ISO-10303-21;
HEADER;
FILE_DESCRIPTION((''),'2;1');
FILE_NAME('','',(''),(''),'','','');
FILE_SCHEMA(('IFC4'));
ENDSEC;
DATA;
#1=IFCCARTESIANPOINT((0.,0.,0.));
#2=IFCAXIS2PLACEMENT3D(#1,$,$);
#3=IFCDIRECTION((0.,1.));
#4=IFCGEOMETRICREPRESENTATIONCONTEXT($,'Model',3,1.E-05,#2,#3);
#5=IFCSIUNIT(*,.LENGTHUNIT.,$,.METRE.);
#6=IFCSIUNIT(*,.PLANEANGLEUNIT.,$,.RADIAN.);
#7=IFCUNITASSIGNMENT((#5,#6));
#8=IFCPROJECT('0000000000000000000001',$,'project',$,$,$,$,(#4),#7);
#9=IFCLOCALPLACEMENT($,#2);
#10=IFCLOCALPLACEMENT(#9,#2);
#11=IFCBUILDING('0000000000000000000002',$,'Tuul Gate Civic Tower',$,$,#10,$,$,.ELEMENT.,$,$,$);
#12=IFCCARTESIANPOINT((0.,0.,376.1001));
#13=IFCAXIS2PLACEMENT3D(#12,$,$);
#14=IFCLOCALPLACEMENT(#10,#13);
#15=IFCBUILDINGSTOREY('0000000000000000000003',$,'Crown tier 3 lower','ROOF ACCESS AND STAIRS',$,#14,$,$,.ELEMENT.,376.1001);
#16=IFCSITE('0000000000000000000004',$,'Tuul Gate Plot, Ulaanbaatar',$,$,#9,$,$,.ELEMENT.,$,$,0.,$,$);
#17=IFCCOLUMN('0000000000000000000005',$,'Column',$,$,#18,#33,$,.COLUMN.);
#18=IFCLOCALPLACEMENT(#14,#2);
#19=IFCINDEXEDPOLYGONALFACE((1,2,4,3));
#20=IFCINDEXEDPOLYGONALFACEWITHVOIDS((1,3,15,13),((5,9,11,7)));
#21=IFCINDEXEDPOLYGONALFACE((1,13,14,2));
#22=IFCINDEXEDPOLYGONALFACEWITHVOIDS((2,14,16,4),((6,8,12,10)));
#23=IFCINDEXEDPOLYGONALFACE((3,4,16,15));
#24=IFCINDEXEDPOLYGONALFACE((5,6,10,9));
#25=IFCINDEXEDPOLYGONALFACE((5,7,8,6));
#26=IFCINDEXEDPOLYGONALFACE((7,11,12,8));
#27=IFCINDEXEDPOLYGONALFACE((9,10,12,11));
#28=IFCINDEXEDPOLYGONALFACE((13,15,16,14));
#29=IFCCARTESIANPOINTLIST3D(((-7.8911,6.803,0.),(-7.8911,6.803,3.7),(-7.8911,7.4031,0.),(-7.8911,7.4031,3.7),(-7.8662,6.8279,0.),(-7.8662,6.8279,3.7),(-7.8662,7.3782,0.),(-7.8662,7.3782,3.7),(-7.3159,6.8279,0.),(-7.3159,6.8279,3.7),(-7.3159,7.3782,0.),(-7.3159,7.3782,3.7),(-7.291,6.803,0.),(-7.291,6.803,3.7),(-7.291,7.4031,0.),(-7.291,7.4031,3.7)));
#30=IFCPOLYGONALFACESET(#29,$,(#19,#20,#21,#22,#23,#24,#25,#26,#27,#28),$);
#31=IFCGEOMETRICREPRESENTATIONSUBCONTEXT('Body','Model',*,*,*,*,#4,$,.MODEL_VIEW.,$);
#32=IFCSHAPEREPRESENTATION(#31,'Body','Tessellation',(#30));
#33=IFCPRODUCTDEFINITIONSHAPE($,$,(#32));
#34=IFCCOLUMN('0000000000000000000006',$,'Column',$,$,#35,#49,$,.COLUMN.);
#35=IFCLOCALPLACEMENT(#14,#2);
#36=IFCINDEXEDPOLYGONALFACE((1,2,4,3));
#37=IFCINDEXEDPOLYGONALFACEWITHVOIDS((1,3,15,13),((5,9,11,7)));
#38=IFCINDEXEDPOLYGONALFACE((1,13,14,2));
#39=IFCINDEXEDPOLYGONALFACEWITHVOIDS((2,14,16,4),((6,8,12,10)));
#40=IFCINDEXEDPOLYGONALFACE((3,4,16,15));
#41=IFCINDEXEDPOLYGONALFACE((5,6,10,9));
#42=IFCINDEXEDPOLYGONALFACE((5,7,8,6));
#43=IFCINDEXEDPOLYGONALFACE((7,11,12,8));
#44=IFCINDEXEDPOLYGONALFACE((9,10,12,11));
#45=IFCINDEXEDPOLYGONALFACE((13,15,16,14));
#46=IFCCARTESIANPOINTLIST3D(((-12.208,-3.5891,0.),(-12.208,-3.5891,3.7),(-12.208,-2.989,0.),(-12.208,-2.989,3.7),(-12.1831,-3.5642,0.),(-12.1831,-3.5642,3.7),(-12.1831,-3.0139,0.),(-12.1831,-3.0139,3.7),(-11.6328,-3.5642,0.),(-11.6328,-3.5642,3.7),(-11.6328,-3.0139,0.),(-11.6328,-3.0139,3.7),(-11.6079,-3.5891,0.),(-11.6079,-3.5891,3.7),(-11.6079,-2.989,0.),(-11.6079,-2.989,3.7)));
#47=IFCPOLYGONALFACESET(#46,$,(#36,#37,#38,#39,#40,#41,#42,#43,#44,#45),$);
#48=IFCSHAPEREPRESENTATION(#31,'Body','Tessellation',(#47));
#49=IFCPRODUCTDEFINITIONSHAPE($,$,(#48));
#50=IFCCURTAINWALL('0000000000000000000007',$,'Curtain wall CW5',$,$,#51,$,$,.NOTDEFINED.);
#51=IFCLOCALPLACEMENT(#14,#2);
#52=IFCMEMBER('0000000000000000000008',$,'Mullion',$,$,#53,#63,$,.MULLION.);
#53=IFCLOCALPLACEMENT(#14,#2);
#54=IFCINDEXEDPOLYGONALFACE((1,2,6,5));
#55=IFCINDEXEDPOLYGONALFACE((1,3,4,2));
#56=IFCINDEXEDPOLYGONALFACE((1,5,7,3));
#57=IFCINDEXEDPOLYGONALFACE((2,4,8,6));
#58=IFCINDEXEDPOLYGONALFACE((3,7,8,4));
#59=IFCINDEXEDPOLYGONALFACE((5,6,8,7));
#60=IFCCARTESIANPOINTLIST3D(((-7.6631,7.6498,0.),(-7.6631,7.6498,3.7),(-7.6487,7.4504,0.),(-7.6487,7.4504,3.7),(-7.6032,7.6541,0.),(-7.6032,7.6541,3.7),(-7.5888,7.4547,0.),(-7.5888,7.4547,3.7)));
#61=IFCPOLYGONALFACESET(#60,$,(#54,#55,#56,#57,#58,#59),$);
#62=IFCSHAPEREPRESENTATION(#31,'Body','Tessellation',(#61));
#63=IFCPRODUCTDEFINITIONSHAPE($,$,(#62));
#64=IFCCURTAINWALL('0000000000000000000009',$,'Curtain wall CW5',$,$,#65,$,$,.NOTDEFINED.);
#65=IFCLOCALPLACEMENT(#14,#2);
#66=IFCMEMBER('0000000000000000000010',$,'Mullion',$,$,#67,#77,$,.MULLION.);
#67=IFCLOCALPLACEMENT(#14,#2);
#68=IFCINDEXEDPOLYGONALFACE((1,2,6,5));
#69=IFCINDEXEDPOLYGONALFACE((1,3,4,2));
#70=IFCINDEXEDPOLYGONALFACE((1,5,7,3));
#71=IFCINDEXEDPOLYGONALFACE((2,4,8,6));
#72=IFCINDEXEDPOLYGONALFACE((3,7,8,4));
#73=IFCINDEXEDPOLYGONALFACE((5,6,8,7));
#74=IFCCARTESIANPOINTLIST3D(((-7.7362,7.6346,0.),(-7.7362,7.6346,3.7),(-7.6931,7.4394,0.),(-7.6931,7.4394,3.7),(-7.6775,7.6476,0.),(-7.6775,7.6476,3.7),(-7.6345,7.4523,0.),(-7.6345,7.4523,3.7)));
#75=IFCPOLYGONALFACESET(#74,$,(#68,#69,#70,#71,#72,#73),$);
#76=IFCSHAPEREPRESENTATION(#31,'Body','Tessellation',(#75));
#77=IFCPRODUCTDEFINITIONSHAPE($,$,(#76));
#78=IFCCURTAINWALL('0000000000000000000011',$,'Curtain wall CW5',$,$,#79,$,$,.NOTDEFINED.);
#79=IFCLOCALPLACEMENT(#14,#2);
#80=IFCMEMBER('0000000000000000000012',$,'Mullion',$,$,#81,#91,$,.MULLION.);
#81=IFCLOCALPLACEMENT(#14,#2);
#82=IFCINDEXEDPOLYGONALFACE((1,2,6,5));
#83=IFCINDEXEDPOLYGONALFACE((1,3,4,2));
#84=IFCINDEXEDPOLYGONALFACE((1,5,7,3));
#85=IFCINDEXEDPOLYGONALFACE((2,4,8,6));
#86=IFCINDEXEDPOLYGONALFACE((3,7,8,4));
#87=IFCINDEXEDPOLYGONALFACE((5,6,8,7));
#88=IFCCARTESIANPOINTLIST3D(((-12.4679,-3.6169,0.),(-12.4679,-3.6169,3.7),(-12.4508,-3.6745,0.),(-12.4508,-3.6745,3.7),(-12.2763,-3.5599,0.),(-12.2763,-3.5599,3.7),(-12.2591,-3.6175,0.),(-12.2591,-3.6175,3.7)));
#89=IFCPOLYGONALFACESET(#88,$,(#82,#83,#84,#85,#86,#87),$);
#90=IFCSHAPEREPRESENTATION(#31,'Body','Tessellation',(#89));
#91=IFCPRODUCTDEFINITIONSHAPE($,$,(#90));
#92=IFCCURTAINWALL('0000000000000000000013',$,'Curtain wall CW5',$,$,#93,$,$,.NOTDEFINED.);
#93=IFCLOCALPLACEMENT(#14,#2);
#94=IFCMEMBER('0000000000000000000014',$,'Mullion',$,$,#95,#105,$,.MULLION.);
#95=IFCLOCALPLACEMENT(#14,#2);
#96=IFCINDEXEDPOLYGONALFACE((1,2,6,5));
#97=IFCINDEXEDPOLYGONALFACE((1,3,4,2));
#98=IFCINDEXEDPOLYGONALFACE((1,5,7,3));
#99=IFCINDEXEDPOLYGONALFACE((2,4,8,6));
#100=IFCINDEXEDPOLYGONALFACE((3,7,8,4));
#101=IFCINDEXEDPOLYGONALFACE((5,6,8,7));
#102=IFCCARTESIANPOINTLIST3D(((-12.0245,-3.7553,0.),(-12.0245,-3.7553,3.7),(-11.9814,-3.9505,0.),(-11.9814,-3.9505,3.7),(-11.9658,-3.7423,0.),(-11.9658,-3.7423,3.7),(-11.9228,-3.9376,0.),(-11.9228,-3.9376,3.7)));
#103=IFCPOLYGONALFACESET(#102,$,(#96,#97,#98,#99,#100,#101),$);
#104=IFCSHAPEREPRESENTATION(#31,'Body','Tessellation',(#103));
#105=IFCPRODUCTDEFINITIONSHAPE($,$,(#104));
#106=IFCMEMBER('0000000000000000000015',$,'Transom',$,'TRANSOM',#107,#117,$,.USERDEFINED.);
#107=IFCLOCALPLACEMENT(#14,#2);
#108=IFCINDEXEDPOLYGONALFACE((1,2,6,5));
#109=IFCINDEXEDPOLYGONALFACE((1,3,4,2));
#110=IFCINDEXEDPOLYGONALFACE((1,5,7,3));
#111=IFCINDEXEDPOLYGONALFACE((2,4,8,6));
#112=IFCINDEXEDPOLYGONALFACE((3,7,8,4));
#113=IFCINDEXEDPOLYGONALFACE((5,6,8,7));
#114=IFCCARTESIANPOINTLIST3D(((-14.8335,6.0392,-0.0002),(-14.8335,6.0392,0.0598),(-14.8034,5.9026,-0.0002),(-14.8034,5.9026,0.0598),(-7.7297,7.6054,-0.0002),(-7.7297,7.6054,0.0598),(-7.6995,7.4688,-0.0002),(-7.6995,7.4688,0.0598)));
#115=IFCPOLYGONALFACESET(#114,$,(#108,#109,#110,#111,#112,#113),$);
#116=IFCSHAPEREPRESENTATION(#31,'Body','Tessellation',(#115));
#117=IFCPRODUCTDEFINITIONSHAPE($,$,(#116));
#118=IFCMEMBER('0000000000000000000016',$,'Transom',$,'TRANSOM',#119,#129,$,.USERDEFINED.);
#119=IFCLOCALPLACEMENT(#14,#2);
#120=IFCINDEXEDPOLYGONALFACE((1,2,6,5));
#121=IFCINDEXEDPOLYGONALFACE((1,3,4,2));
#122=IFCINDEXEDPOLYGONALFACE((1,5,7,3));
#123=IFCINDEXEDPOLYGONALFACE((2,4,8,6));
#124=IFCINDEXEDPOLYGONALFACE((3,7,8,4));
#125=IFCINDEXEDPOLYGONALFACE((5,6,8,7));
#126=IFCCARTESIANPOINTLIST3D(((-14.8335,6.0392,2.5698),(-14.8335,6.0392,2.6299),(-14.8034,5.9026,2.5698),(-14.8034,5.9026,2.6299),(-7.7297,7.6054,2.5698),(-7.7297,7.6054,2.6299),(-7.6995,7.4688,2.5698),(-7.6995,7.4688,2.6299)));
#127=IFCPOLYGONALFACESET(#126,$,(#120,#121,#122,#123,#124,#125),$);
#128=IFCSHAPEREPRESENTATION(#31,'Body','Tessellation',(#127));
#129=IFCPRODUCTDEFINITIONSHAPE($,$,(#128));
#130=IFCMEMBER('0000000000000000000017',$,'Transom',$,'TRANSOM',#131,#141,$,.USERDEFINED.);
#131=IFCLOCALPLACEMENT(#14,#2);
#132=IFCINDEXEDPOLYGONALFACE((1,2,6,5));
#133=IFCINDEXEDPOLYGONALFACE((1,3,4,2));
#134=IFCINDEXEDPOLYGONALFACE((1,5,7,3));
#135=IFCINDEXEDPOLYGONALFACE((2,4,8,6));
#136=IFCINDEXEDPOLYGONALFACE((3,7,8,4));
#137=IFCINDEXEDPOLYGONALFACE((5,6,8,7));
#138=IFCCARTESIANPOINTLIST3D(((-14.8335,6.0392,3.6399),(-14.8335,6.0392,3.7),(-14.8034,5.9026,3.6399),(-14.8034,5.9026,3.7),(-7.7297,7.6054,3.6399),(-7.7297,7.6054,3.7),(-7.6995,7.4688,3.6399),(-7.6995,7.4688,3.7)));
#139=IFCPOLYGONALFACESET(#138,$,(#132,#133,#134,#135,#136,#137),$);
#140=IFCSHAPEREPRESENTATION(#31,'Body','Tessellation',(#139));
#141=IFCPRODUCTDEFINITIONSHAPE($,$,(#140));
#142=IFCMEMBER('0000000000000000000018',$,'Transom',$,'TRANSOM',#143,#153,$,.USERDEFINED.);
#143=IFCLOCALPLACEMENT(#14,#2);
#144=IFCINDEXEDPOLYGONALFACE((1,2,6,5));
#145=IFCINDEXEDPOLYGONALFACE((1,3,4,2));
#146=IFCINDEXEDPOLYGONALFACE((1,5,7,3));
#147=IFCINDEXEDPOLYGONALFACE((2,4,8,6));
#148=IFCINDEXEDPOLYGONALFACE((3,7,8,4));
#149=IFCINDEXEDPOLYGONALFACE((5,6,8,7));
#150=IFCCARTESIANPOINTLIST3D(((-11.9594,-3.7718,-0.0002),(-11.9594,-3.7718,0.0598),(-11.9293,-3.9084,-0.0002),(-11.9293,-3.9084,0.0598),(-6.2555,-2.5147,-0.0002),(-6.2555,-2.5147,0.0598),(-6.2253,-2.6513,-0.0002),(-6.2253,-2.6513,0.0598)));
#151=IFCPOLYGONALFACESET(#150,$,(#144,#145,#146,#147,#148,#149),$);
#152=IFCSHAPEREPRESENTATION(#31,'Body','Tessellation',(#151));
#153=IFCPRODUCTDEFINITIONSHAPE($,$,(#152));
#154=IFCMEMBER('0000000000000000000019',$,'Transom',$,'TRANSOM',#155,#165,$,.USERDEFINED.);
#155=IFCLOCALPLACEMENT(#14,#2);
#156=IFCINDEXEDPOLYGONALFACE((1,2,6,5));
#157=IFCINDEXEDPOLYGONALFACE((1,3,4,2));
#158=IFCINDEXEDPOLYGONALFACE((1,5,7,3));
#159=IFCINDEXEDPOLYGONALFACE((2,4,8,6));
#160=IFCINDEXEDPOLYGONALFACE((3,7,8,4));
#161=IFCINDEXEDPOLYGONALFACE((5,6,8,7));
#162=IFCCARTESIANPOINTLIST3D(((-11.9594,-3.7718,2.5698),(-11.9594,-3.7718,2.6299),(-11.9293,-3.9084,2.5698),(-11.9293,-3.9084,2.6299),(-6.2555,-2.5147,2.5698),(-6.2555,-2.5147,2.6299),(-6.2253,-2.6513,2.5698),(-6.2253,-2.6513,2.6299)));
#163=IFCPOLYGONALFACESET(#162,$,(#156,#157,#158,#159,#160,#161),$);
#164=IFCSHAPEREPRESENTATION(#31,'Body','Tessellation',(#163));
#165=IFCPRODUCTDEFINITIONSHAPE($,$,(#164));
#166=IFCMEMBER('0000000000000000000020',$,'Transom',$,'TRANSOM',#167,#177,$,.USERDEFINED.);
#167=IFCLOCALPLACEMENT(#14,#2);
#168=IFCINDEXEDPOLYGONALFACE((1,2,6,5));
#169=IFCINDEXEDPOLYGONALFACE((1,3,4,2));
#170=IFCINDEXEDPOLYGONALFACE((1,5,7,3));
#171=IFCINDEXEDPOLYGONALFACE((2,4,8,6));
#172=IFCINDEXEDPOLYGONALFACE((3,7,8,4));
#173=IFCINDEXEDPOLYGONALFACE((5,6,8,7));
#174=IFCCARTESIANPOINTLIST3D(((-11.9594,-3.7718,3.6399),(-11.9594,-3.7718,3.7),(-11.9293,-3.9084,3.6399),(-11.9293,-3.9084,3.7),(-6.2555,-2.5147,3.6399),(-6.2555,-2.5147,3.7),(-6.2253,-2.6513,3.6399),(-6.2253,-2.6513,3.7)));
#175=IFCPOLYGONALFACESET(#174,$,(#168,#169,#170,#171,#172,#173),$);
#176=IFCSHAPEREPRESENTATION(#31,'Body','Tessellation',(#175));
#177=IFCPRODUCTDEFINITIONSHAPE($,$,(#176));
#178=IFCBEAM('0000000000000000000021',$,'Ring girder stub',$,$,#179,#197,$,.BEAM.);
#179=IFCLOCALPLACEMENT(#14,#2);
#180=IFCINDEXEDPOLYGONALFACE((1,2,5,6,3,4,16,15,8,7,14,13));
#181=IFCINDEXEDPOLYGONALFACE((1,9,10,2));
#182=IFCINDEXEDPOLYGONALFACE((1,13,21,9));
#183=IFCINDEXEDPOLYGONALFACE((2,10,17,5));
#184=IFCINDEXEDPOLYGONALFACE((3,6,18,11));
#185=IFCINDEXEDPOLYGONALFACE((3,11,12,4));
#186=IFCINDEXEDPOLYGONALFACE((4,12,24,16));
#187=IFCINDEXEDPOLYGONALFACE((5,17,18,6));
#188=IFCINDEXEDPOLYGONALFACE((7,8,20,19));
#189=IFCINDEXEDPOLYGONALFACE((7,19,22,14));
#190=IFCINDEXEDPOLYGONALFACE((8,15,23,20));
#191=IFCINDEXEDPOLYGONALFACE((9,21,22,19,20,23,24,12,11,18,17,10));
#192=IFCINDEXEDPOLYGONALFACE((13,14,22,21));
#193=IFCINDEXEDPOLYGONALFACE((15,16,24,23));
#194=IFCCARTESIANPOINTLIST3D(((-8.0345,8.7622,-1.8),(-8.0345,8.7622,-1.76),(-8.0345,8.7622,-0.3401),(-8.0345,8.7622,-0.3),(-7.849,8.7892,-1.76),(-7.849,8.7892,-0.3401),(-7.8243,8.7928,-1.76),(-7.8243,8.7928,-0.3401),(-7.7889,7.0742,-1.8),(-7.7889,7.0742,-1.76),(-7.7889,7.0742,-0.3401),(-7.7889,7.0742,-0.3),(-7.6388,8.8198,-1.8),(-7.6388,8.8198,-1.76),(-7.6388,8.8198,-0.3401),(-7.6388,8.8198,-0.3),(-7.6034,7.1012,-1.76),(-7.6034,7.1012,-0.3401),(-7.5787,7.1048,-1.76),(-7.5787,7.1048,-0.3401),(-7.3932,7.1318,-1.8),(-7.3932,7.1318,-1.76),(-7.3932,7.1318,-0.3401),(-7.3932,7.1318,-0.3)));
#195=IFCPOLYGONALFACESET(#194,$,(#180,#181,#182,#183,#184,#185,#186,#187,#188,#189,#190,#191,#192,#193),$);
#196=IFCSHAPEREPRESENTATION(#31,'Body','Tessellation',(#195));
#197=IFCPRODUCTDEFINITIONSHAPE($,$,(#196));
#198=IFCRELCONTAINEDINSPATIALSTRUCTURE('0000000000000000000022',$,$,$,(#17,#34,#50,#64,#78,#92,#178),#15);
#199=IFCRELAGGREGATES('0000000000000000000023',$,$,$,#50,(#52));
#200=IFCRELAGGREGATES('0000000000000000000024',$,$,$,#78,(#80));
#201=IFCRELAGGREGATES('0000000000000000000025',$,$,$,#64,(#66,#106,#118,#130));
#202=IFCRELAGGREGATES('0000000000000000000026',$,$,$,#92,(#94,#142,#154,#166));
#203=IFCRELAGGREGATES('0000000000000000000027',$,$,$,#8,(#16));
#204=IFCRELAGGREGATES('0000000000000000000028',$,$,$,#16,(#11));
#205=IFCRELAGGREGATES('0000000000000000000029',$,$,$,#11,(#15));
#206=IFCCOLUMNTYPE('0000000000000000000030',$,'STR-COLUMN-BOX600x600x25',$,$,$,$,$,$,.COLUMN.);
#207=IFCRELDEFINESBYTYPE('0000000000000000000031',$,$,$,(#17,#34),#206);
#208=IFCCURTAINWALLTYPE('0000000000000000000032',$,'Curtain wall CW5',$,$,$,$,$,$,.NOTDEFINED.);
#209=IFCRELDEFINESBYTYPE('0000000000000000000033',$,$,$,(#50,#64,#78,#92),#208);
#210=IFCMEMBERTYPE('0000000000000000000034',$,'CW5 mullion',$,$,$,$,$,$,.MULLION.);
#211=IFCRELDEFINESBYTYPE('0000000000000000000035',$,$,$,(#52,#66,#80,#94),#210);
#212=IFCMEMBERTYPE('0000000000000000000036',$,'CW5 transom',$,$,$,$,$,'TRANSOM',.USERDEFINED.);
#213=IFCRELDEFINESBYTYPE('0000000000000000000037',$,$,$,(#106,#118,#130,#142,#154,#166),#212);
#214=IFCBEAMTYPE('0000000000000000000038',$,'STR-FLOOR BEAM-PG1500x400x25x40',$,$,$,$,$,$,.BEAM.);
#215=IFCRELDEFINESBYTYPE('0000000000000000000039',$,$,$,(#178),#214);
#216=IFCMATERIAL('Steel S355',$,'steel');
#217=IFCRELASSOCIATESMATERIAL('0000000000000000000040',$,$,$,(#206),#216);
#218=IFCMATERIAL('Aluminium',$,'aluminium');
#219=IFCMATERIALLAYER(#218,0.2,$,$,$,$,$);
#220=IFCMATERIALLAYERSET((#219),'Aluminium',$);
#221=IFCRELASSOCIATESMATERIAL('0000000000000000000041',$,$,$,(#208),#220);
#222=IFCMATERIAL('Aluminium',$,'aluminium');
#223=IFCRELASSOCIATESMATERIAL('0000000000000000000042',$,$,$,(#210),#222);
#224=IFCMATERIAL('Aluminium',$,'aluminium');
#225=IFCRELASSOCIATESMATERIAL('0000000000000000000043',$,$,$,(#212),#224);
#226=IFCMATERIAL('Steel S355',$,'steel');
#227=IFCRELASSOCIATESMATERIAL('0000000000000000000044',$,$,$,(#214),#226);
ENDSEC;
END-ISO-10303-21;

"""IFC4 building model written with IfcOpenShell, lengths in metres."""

from ifc_helpers import new_model, si_unit, direction, frame, origin, origin_2d, place, context, subcontext, project, spatial, rectangle, hollow_rectangle, i_section, extrude, material, layer, layer_set, material_profile, profile_set, type_object, element, aggregate, save


model = new_model("IFC4")

# Units and contexts
model_context = context("Model", 3, precision=1e-05, world=origin(), true_north=direction((0.0, 1.0)))
body_context = subcontext(model_context, "Body", "Model", "MODEL_VIEW")
ifc_project = project(units=[si_unit("LENGTHUNIT", "METRE"), si_unit("PLANEANGLEUNIT", "RADIAN")], contexts=[model_context])

# Site, building, storey
site_placement = place(None, origin())
site = spatial("IfcSite", under=ifc_project, at=site_placement, Name="Tuul Gate Plot, Ulaanbaatar", CompositionType="ELEMENT", RefElevation=0.0)
building_placement = place(site_placement, origin())
building = spatial("IfcBuilding", under=site, at=building_placement, Name="Tuul Gate Civic Tower", CompositionType="ELEMENT")
storey_placement = place(building_placement, frame((0.0, 0.0, 376.1001)))
storey = spatial("IfcBuildingStorey", under=building, at=storey_placement, Name="Crown tier 3 lower", Description="ROOF ACCESS AND STAIRS", CompositionType="ELEMENT", Elevation=376.1001)

# Columns
ifc_material_1 = material(Name="Steel S355", Category="steel")
ifc_material_profile_1 = material_profile(ifc_material_1, hollow_rectangle(XDim=0.6001, YDim=0.6001, WallThickness=0.0249, at=origin_2d()), Name="BOX600x600x25")
ifc_profile_set_1 = profile_set([ifc_material_profile_1], Name="Steel S355")
column_type = type_object("IfcColumnType", Name="STR-COLUMN-BOX600x600x25", PredefinedType="COLUMN", material=ifc_profile_set_1)
for number, where, z_axis, x_axis, name in (
    (1, (-7.5911, 7.103, 0.0), (0.0, 0.0, 1.0), (1.0, 0.0, 0.0), "Column"),
    (2, (-11.908, -3.2891, 0.0), (0.0, 0.0, 1.0), (1.0, 0.0, 0.0), "Column"),
):
    element("IfcColumn", number, at=place(storey_placement, frame(where, z_axis=z_axis, x_axis=x_axis)), inside=storey, type_object=column_type, Name=name, PredefinedType="COLUMN", context=body_context, shape_type="SweptSolid", body=[
        extrude(hollow_rectangle(XDim=0.6001, YDim=0.6001, WallThickness=0.0249, at=origin_2d()), origin(), (0.0, 0.0, 1.0), 3.7),
    ])

# Curtain walls, members
ifc_material_2 = material(Name="Aluminium", Category="aluminium")
ifc_layer_1 = layer(ifc_material_2, 0.2)
ifc_layer_set_1 = layer_set([ifc_layer_1], Name="Aluminium")
curtain_wall_type = type_object("IfcCurtainWallType", Name="Curtain wall CW5", PredefinedType="NOTDEFINED", material=ifc_layer_set_1)
curtain_wall_1_placement = place(storey_placement, origin())
curtain_wall_1 = element("IfcCurtainWall", 3, at=curtain_wall_1_placement, inside=storey, type_object=curtain_wall_type, Name="Curtain wall CW5", PredefinedType="NOTDEFINED")
ifc_material_3 = material(Name="Aluminium", Category="aluminium")
ifc_material_profile_2 = material_profile(ifc_material_3, rectangle(XDim=0.2, YDim=0.0601, at=origin_2d()), Name="CW5 mullion")
ifc_profile_set_2 = profile_set([ifc_material_profile_2], Name="Aluminium")
member_type_1 = type_object("IfcMemberType", Name="CW5 mullion", PredefinedType="MULLION", material=ifc_profile_set_2)
member_1_placement = place(storey_placement, frame((-7.626, 7.5522, 0.0), z_axis=(0.0, 0.0, 1.0), x_axis=(0.072211, -0.997389, 0.0)))
member_1 = element("IfcMember", 4, at=member_1_placement, type_object=member_type_1, Name="Mullion", PredefinedType="MULLION", context=body_context, shape_type="SweptSolid", body=[
    extrude(rectangle(XDim=0.2, YDim=0.0601, at=origin_2d()), origin(), (0.0, 0.0, 1.0), 3.7),
])
aggregate(curtain_wall_1, [member_1])
curtain_wall_2_placement = place(storey_placement, origin())
curtain_wall_2 = element("IfcCurtainWall", 5, at=curtain_wall_2_placement, inside=storey, type_object=curtain_wall_type, Name="Curtain wall CW5", PredefinedType="NOTDEFINED")
member_2_placement = place(storey_placement, frame((-7.6853, 7.5435, 0.0), z_axis=(0.0, 0.0, 1.0), x_axis=(0.215298, -0.976548, 0.0)))
member_2 = element("IfcMember", 6, at=member_2_placement, type_object=member_type_1, Name="Mullion", PredefinedType="MULLION", context=body_context, shape_type="SweptSolid", body=[
    extrude(rectangle(XDim=0.2, YDim=0.0601, at=origin_2d()), origin(), (0.0, 0.0, 1.0), 3.7),
])
curtain_wall_3_placement = place(storey_placement, origin())
curtain_wall_3 = element("IfcCurtainWall", 7, at=curtain_wall_3_placement, inside=storey, type_object=curtain_wall_type, Name="Curtain wall CW5", PredefinedType="NOTDEFINED")
member_3_placement = place(storey_placement, frame((-12.3635, -3.6172, 0.0), z_axis=(0.0, 0.0, 1.0), x_axis=(0.958476, 0.285174, 0.0)))
member_3 = element("IfcMember", 8, at=member_3_placement, type_object=member_type_1, Name="Mullion", PredefinedType="MULLION", context=body_context, shape_type="SweptSolid", body=[
    extrude(rectangle(XDim=0.2, YDim=0.0601, at=origin_2d()), origin(), (0.0, 0.0, 1.0), 3.7),
])
aggregate(curtain_wall_3, [member_3])
curtain_wall_4_placement = place(storey_placement, origin())
curtain_wall_4 = element("IfcCurtainWall", 9, at=curtain_wall_4_placement, inside=storey, type_object=curtain_wall_type, Name="Curtain wall CW5", PredefinedType="NOTDEFINED")
member_4_placement = place(storey_placement, frame((-11.9736, -3.8464, 0.0), z_axis=(0.0, 0.0, 1.0), x_axis=(-0.215243, 0.976561, 0.0)))
member_4 = element("IfcMember", 10, at=member_4_placement, type_object=member_type_1, Name="Mullion", PredefinedType="MULLION", context=body_context, shape_type="SweptSolid", body=[
    extrude(rectangle(XDim=0.2, YDim=0.0601, at=origin_2d()), origin(), (0.0, 0.0, 1.0), 3.7),
])

# Members
ifc_material_4 = material(Name="Aluminium", Category="aluminium")
ifc_material_profile_3 = material_profile(ifc_material_4, rectangle(XDim=0.1399, YDim=0.0601, at=origin_2d()), Name="CW5 transom")
ifc_profile_set_3 = profile_set([ifc_material_profile_3], Name="Aluminium")
member_type_2 = type_object("IfcMemberType", Name="CW5 transom", ElementType="TRANSOM", PredefinedType="USERDEFINED", material=ifc_profile_set_3)
member_5_placement = place(storey_placement, frame((-7.7146, 7.5371, 0.0298), z_axis=(-0.976548, -0.215299, 0.0), x_axis=(0.215299, -0.976548, 0.0)))
member_5 = element("IfcMember", 11, at=member_5_placement, type_object=member_type_2, Name="Transom", ObjectType="TRANSOM", PredefinedType="USERDEFINED", context=body_context, shape_type="SweptSolid", body=[
    extrude(rectangle(XDim=0.1399, YDim=0.0601, at=origin_2d()), origin(), (0.0, 0.0, 1.0), 7.2744),
])
member_6_placement = place(storey_placement, frame((-7.7146, 7.5371, 2.5999), z_axis=(-0.976548, -0.215299, 0.0), x_axis=(0.215299, -0.976548, 0.0)))
member_6 = element("IfcMember", 12, at=member_6_placement, type_object=member_type_2, Name="Transom", ObjectType="TRANSOM", PredefinedType="USERDEFINED", context=body_context, shape_type="SweptSolid", body=[
    extrude(rectangle(XDim=0.1399, YDim=0.0601, at=origin_2d()), origin(), (0.0, 0.0, 1.0), 7.2744),
])
member_7_placement = place(storey_placement, frame((-7.7146, 7.5371, 3.6699), z_axis=(-0.976548, -0.215299, 0.0), x_axis=(0.215299, -0.976548, 0.0)))
member_7 = element("IfcMember", 13, at=member_7_placement, type_object=member_type_2, Name="Transom", ObjectType="TRANSOM", PredefinedType="USERDEFINED", context=body_context, shape_type="SweptSolid", body=[
    extrude(rectangle(XDim=0.1399, YDim=0.0601, at=origin_2d()), origin(), (0.0, 0.0, 1.0), 7.2744),
])
member_8_placement = place(storey_placement, frame((-11.9443, -3.8401, 0.0298), z_axis=(0.976564, 0.215226, 0.0), x_axis=(-0.215226, 0.976564, 0.0)))
member_8 = element("IfcMember", 14, at=member_8_placement, type_object=member_type_2, Name="Transom", ObjectType="TRANSOM", PredefinedType="USERDEFINED", context=body_context, shape_type="SweptSolid", body=[
    extrude(rectangle(XDim=0.1399, YDim=0.0601, at=origin_2d()), origin(), (0.0, 0.0, 1.0), 5.8408),
])
member_9_placement = place(storey_placement, frame((-11.9443, -3.8401, 2.5999), z_axis=(0.976564, 0.215226, 0.0), x_axis=(-0.215226, 0.976564, 0.0)))
member_9 = element("IfcMember", 15, at=member_9_placement, type_object=member_type_2, Name="Transom", ObjectType="TRANSOM", PredefinedType="USERDEFINED", context=body_context, shape_type="SweptSolid", body=[
    extrude(rectangle(XDim=0.1399, YDim=0.0601, at=origin_2d()), origin(), (0.0, 0.0, 1.0), 5.8408),
])
member_10_placement = place(storey_placement, frame((-11.9443, -3.8401, 3.6699), z_axis=(0.976564, 0.215226, 0.0), x_axis=(-0.215226, 0.976564, 0.0)))
member_10 = element("IfcMember", 16, at=member_10_placement, type_object=member_type_2, Name="Transom", ObjectType="TRANSOM", PredefinedType="USERDEFINED", context=body_context, shape_type="SweptSolid", body=[
    extrude(rectangle(XDim=0.1399, YDim=0.0601, at=origin_2d()), origin(), (0.0, 0.0, 1.0), 5.8408),
])

# Beam
ifc_material_5 = material(Name="Steel S355", Category="steel")
ifc_material_profile_4 = material_profile(ifc_material_5, i_section(OverallWidth=0.3999, OverallDepth=1.5, WebThickness=0.0249, FlangeThickness=0.04, at=origin_2d()), Name="PG1500x400x25x40")
ifc_profile_set_4 = profile_set([ifc_material_profile_4], Name="Steel S355")
beam_type_1 = type_object("IfcBeamType", Name="STR-FLOOR BEAM-PG1500x400x25x40", PredefinedType="BEAM", material=ifc_profile_set_4)
beam_1_placement = place(storey_placement, frame((-7.8367, 8.791, -1.05), z_axis=(0.143986, -0.98958, 0.0), x_axis=(0.98958, 0.143986, 0.0)))
element("IfcBeam", 17, at=beam_1_placement, inside=storey, type_object=beam_type_1, Name="Ring girder stub", PredefinedType="BEAM", context=body_context, shape_type="SweptSolid", body=[
    extrude(i_section(OverallWidth=0.3999, OverallDepth=1.5, WebThickness=0.0249, FlangeThickness=0.04, at=origin_2d()), origin(), (0.0, 0.0, 1.0), 1.7058),
])

aggregate(curtain_wall_2, [member_2, member_5, member_6, member_7])
aggregate(curtain_wall_4, [member_4, member_8, member_9, member_10])

save(model, "model.ifc")
